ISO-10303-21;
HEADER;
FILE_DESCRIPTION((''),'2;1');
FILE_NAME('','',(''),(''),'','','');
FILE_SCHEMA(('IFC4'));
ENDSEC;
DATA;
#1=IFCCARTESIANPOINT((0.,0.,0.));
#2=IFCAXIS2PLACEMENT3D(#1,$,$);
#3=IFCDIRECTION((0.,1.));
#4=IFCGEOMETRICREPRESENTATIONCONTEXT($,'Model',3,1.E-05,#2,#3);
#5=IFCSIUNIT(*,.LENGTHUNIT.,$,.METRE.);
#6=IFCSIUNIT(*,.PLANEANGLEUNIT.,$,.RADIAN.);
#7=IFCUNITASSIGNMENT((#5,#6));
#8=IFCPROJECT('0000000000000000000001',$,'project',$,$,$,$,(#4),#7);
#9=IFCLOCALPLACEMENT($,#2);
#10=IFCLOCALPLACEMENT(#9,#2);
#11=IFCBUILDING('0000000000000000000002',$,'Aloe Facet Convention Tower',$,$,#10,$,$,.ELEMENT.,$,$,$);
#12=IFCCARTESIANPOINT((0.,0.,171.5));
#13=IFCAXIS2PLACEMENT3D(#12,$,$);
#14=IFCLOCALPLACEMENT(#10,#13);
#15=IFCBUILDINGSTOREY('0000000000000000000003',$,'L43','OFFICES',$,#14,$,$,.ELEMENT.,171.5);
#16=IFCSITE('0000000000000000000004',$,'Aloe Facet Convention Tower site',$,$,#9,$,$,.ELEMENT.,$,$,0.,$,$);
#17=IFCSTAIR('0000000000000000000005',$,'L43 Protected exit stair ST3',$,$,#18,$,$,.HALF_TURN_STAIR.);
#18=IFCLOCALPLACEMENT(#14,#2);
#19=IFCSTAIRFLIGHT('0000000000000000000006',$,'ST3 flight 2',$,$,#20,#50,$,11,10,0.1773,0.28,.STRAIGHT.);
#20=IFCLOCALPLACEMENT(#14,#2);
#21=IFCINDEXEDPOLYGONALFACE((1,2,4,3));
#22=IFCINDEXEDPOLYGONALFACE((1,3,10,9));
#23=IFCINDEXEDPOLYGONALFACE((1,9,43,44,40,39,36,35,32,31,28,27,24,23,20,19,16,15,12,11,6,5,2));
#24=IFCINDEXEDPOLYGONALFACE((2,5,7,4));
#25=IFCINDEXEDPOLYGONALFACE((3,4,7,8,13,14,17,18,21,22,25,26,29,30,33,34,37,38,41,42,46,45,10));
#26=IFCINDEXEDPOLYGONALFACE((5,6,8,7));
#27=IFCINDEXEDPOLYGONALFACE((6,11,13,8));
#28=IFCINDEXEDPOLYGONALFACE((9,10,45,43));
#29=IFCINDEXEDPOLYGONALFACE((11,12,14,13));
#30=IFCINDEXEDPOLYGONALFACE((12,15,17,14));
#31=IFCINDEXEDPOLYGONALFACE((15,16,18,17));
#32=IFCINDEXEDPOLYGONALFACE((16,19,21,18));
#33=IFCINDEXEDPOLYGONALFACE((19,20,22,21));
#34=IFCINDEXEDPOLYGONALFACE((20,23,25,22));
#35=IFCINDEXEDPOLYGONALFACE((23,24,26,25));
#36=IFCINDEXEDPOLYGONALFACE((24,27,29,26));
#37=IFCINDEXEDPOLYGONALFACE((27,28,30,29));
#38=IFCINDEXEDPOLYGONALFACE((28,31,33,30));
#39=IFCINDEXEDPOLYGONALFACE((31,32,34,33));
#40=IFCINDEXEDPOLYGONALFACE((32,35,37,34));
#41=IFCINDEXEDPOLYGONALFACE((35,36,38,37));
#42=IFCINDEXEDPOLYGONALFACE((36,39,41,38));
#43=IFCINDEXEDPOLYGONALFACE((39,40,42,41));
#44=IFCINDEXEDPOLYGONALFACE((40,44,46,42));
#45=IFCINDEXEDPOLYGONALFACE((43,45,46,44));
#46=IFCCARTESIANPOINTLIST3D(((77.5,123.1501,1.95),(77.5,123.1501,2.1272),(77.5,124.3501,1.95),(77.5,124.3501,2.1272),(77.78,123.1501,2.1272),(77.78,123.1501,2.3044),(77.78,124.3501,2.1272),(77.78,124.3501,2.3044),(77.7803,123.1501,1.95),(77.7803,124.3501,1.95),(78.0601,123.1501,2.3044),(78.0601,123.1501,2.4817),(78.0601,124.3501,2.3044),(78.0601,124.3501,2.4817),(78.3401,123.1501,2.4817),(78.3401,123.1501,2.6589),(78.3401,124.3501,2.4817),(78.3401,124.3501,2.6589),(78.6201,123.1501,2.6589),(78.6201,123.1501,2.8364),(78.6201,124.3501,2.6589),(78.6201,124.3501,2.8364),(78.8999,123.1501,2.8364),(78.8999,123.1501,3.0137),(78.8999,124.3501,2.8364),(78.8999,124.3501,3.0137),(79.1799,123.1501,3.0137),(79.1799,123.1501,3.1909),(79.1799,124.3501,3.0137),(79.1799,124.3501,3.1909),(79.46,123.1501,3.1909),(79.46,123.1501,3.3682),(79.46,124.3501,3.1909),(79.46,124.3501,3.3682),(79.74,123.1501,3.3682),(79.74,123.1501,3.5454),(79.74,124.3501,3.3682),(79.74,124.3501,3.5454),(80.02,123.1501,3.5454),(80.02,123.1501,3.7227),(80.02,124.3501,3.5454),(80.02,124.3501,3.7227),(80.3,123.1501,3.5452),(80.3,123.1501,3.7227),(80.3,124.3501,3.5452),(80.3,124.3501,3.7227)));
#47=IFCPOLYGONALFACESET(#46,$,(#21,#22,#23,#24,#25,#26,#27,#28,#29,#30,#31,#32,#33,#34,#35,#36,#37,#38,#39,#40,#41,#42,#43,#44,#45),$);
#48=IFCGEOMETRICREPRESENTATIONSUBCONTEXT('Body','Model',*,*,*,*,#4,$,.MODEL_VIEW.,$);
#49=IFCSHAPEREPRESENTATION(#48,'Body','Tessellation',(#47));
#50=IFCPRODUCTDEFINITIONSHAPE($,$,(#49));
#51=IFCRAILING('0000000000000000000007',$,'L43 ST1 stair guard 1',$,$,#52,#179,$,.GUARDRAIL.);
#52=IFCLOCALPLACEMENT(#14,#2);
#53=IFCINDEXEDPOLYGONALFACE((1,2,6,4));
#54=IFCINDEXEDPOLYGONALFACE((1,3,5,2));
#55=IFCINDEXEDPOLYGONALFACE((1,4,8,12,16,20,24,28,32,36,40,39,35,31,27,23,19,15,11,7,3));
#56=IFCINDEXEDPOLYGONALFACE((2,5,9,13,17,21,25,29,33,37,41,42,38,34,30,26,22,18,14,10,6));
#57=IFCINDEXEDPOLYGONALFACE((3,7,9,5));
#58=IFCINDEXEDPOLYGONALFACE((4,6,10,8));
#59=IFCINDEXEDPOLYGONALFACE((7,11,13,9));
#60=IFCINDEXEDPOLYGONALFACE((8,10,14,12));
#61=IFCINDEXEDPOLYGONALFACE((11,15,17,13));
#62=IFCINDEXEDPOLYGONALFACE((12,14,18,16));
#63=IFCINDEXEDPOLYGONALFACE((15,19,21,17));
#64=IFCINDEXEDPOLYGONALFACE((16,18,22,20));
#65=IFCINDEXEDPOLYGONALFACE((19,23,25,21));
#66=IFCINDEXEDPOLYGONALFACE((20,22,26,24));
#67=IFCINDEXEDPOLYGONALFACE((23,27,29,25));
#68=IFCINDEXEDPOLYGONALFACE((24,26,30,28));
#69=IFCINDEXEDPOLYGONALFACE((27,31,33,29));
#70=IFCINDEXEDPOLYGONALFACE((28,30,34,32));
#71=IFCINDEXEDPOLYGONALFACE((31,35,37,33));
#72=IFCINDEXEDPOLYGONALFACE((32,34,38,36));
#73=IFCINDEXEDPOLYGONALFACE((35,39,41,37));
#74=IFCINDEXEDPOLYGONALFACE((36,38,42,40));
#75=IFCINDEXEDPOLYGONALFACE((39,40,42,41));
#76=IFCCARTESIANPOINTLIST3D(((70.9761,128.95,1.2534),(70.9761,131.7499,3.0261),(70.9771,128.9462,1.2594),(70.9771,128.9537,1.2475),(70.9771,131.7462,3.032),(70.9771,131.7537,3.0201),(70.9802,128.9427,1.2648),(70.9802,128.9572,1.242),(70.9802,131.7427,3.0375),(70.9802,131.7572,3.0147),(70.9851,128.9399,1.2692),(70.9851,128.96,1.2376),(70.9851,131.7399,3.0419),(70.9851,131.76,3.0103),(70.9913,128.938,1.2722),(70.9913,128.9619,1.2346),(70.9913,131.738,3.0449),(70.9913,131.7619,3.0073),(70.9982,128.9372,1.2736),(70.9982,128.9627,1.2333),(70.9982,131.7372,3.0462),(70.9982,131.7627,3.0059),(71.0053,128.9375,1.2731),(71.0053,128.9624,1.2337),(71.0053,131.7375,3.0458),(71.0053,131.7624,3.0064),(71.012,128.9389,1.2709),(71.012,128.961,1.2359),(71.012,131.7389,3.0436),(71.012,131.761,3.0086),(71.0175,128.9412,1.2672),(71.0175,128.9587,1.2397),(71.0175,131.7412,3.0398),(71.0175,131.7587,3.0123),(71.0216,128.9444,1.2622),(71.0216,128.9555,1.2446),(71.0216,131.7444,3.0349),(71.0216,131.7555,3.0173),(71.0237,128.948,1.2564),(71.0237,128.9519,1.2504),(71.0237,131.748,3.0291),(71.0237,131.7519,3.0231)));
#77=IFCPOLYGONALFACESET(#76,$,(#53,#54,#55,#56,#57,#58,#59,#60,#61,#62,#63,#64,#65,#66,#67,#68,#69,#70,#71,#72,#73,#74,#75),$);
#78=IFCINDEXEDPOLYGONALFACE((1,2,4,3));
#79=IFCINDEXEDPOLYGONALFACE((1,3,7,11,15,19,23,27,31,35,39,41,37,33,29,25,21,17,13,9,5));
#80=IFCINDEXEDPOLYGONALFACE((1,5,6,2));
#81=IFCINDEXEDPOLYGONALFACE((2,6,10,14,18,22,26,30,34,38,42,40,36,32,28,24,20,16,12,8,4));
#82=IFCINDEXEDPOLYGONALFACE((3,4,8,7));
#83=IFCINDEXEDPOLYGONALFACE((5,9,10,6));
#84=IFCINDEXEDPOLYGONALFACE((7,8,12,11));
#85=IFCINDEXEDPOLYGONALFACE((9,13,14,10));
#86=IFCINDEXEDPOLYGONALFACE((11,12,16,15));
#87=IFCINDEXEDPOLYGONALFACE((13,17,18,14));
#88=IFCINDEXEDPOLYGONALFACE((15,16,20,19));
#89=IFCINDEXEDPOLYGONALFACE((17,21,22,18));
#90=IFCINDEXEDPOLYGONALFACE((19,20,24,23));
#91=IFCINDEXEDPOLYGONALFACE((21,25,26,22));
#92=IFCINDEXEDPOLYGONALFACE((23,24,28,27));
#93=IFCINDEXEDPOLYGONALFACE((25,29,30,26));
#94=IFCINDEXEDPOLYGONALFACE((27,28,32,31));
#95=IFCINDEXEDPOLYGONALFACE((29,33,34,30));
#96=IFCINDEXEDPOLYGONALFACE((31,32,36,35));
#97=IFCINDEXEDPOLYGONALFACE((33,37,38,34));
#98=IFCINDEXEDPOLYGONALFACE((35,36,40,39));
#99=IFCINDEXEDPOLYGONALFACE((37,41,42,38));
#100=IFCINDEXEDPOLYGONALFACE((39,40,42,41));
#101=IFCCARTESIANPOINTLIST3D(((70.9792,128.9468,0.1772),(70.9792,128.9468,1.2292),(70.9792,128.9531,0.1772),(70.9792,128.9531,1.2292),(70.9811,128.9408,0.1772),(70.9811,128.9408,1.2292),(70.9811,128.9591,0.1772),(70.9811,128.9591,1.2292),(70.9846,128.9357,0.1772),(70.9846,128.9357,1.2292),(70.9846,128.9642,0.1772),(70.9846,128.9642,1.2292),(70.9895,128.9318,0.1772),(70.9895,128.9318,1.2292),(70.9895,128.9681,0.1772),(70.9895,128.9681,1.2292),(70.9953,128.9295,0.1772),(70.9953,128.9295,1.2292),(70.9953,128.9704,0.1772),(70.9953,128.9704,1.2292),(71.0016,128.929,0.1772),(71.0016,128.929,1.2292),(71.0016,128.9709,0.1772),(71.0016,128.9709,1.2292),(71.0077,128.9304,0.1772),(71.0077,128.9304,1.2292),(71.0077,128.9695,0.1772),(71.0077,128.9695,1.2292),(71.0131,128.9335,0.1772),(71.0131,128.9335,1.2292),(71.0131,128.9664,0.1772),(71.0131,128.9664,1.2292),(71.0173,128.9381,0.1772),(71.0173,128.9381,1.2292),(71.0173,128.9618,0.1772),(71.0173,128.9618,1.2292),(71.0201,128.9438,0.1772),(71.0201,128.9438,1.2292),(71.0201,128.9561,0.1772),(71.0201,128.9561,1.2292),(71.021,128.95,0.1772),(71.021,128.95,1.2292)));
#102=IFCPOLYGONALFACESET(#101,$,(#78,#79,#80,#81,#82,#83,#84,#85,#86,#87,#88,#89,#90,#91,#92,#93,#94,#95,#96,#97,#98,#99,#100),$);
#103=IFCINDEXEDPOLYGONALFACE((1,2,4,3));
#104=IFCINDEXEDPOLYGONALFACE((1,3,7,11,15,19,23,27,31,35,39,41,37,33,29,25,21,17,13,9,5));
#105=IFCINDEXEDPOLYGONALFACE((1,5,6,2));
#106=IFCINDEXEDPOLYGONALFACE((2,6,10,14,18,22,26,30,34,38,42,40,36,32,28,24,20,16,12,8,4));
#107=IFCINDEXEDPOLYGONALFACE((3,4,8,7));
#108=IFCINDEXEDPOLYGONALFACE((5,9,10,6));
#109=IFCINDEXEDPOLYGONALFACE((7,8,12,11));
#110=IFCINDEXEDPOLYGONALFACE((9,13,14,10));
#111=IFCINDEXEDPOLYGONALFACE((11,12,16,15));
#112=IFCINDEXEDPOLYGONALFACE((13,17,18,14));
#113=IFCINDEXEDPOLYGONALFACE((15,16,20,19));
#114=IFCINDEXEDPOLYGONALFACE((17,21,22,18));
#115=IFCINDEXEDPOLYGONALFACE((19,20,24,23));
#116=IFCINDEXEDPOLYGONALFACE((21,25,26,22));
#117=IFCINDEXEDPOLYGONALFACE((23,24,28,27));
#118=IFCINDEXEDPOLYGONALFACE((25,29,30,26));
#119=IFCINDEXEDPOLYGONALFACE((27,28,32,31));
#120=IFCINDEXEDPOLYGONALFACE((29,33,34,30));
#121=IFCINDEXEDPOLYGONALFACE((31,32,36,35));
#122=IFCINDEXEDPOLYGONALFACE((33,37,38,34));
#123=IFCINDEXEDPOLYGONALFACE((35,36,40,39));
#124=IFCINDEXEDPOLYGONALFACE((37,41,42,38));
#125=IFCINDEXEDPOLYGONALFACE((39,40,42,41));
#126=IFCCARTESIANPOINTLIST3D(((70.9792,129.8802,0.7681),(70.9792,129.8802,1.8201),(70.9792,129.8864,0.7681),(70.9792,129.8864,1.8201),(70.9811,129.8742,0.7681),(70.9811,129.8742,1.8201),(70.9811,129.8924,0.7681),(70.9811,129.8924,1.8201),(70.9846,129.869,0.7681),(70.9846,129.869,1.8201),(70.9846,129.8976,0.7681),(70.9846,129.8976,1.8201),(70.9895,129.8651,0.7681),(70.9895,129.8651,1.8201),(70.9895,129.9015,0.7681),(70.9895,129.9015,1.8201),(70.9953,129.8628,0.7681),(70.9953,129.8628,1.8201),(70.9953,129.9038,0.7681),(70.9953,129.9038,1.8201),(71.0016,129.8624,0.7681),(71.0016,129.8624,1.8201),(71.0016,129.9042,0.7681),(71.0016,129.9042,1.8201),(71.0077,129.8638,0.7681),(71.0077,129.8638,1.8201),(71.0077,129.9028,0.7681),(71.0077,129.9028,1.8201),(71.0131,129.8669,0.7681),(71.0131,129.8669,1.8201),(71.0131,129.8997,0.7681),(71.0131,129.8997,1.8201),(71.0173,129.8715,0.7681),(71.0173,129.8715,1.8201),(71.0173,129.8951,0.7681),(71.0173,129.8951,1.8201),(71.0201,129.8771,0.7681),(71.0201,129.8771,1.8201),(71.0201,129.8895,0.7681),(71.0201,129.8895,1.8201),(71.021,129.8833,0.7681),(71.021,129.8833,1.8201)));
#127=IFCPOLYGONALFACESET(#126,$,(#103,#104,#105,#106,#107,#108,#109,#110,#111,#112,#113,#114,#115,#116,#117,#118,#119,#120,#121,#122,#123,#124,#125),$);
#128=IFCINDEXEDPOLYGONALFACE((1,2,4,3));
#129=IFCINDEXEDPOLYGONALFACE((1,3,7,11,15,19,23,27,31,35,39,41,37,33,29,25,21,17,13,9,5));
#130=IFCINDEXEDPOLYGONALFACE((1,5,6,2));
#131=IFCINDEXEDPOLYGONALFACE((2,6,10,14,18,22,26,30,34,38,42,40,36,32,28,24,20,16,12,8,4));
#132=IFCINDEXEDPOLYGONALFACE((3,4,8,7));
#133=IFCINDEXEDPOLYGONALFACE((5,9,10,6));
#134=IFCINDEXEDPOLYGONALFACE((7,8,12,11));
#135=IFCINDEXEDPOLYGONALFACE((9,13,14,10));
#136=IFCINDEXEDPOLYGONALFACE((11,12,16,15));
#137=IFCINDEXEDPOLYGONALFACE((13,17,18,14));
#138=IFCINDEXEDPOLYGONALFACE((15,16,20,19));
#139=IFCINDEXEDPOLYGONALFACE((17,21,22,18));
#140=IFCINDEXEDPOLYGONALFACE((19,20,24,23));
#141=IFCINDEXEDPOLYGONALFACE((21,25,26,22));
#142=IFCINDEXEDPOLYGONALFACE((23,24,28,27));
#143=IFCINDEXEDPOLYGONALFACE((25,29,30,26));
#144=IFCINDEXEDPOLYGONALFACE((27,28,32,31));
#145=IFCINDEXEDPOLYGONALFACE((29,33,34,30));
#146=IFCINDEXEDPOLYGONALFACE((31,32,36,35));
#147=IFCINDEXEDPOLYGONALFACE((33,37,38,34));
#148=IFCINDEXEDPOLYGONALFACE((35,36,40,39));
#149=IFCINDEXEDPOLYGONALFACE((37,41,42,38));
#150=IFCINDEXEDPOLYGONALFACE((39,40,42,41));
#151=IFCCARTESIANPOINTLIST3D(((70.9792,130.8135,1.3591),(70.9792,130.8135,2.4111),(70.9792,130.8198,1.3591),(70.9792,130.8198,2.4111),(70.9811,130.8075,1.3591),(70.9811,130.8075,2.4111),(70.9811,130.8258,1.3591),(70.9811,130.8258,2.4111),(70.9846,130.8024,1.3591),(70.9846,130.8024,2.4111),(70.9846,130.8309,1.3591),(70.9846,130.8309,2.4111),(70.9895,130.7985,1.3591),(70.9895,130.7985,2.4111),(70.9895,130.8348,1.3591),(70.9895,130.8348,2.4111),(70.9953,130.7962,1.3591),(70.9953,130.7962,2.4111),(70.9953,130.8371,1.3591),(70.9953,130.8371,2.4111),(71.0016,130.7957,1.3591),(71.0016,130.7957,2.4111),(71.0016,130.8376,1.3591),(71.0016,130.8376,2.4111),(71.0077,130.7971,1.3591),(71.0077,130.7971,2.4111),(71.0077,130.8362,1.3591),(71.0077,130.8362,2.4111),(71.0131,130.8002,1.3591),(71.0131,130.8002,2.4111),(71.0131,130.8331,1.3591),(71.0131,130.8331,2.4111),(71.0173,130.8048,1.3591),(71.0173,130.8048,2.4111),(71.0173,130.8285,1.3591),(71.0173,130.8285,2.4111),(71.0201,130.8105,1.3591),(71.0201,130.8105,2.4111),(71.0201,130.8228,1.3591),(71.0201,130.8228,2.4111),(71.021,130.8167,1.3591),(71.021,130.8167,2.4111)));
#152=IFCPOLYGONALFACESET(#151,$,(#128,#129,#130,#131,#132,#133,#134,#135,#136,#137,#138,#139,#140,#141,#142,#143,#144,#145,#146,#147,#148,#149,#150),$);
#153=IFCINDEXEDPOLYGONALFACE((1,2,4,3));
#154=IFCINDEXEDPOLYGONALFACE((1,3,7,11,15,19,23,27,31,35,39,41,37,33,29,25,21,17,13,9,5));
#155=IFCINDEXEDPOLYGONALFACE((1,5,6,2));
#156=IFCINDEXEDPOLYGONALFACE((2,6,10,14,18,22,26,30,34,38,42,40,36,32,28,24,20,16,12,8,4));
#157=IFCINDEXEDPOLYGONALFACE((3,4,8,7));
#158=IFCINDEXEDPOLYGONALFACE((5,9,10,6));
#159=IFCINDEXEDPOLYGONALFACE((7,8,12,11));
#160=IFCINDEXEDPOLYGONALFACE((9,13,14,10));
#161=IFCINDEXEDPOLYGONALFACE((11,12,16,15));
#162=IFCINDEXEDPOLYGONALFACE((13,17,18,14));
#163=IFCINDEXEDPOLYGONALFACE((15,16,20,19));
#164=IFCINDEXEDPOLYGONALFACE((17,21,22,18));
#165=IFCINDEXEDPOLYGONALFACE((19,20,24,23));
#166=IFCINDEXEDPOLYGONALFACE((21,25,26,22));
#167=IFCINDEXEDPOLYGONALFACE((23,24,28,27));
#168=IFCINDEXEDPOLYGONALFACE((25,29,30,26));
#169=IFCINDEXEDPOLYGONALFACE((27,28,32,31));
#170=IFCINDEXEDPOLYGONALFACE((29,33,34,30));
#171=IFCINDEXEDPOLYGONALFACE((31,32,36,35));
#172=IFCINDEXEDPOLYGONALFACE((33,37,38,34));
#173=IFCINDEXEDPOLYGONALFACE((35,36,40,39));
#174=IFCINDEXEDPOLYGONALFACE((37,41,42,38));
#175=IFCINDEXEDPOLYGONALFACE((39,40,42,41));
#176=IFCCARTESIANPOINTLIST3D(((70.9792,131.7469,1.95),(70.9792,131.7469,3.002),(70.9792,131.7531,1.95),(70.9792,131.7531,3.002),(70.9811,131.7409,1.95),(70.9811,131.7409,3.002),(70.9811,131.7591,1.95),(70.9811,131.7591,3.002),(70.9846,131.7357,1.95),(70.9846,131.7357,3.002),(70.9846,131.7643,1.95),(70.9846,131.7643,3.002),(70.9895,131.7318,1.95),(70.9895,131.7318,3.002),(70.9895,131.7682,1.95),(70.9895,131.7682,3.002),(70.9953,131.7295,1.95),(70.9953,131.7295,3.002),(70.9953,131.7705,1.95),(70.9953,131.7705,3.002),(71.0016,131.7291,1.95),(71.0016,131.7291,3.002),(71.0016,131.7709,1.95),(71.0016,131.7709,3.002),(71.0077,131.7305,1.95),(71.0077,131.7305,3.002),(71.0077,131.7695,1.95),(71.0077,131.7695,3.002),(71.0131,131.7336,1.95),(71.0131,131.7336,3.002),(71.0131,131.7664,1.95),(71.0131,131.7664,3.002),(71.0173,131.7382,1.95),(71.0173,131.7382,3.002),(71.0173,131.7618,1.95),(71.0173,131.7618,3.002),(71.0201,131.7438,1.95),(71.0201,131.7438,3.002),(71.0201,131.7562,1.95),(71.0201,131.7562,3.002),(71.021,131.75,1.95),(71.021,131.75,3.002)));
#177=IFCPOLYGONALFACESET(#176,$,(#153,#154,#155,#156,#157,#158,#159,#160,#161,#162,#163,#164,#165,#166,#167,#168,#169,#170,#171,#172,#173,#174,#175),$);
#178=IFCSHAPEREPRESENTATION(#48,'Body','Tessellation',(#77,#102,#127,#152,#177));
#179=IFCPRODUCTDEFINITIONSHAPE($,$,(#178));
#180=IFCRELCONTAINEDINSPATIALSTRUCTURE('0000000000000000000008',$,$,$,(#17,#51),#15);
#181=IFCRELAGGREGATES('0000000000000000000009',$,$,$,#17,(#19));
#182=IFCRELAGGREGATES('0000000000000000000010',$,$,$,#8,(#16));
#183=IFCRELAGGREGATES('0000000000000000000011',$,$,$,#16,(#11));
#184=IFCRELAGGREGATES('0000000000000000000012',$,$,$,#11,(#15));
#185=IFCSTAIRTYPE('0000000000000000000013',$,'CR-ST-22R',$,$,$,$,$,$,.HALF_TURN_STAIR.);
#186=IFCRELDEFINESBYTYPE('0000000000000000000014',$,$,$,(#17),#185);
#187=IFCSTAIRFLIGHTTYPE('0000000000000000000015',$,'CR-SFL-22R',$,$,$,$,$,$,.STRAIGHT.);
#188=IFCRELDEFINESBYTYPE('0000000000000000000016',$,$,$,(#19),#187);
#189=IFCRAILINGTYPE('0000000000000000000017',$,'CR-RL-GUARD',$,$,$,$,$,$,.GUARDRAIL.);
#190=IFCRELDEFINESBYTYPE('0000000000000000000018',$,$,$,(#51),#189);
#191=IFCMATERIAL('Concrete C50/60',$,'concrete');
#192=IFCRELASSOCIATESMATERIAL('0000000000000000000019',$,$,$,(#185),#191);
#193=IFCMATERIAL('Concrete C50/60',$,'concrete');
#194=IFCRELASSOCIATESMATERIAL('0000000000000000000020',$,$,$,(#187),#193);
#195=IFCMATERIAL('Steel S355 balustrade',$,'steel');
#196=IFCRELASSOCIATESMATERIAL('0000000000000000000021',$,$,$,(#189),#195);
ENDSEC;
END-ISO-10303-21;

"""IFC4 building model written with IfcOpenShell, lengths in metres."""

from ifc_helpers import new_model, si_unit, direction, frame, origin, origin_2d, place, context, subcontext, project, spatial, polyline, circle, outline, extrude, material, type_object, element, aggregate, save


model = new_model("IFC4")

# Units and contexts
model_context = context("Model", 3, precision=1e-05, world=origin(), true_north=direction((0.0, 1.0)))
body_context = subcontext(model_context, "Body", "Model", "MODEL_VIEW")
ifc_project = project(units=[si_unit("LENGTHUNIT", "METRE"), si_unit("PLANEANGLEUNIT", "RADIAN")], contexts=[model_context])

# Site, building, storey
site_placement = place(None, origin())
site = spatial("IfcSite", under=ifc_project, at=site_placement, Name="Aloe Facet Convention Tower site", CompositionType="ELEMENT", RefElevation=0.0)
building_placement = place(site_placement, origin())
building = spatial("IfcBuilding", under=site, at=building_placement, Name="Aloe Facet Convention Tower", CompositionType="ELEMENT")
storey_placement = place(building_placement, frame((0.0, 0.0, 171.5)))
storey = spatial("IfcBuildingStorey", under=building, at=storey_placement, Name="L43", Description="OFFICES", CompositionType="ELEMENT", Elevation=171.5)

# Stair, stair flight
ifc_material_1 = material(Name="Concrete C50/60", Category="concrete")
stair_type = type_object("IfcStairType", Name="CR-ST-22R", PredefinedType="HALF_TURN_STAIR", material=ifc_material_1)
ifc_material_2 = material(Name="Concrete C50/60", Category="concrete")
stair_flight_type = type_object("IfcStairFlightType", Name="CR-SFL-22R", PredefinedType="STRAIGHT", material=ifc_material_2)
stair_1_placement = place(storey_placement, origin())
stair_1 = element("IfcStair", 1, at=stair_1_placement, inside=storey, type_object=stair_type, Name="L43 Protected exit stair ST3", PredefinedType="HALF_TURN_STAIR")
stair_flight_1_placement = place(storey_placement, frame((77.5, 123.75, 1.95), z_axis=(0.0, 0.0, 1.0), x_axis=(1.0, 0.0, 0.0)))
stair_flight_1 = element("IfcStairFlight", 2, at=stair_flight_1_placement, type_object=stair_flight_type, Name="ST3 flight 2", NumberOfRisers=11, NumberOfTreads=10, PredefinedType="STRAIGHT", RiserHeight=0.1773, TreadLength=0.28, context=body_context, shape_type="SweptSolid", body=[
    extrude(outline(polyline([(0.0, 0.0), (0.0, 0.1772), (0.28, 0.1772), (0.28, 0.3545), (0.5601, 0.3545), (0.5601, 0.5317), (0.8401, 0.5317), (0.8401, 0.709), (1.1201, 0.709), (1.1201, 0.8865), (1.3999, 0.8865), (1.3999, 1.0637), (1.6799, 1.0637), (1.6799, 1.241), (1.96, 1.241), (1.96, 1.4182), (2.24, 1.4182), (2.24, 1.5955), (2.52, 1.5955), (2.52, 1.7727), (2.8, 1.7727), (2.8, 1.95), (2.8, 1.5952), (0.2803, 0.0), (0.0, 0.0)])), frame((0.0, 0.6001, 0.0), z_axis=(0.0, -1.0, 0.0), x_axis=(1.0, 0.0, 0.0)), (0.0, 0.0, 1.0), 1.2),
])
aggregate(stair_1, [stair_flight_1])

# Railing
ifc_material_3 = material(Name="Steel S355 balustrade", Category="steel")
railing_type_1 = type_object("IfcRailingType", Name="CR-RL-GUARD", PredefinedType="GUARDRAIL", material=ifc_material_3)
railing_1_placement = place(storey_placement, frame((71.0, 128.95, 0.1772)))
element("IfcRailing", 3, at=railing_1_placement, inside=storey, type_object=railing_type_1, Name="L43 ST1 stair guard 1", PredefinedType="GUARDRAIL", context=body_context, shape_type="SweptSolid", body=[
    extrude(circle(Radius=0.0239, at=origin_2d()), frame((0.0, 0.0, 1.0762), z_axis=(0.0, 0.844909, 0.53491), x_axis=(-1.0, 0.0, 0.0)), (0.0, 0.0, 1.0), 3.314),
    extrude(circle(Radius=0.021, at=origin_2d()), origin(), (0.0, 0.0, 1.0), 1.052),
    extrude(circle(Radius=0.021, at=origin_2d()), frame((0.0, 0.9333, 0.5908)), (0.0, 0.0, 1.0), 1.052),
    extrude(circle(Radius=0.021, at=origin_2d()), frame((0.0, 1.8667, 1.1819)), (0.0, 0.0, 1.0), 1.052),
    extrude(circle(Radius=0.021, at=origin_2d()), frame((0.0, 2.8, 1.7727)), (0.0, 0.0, 1.0), 1.052),
])

save(model, "model.ifc")
